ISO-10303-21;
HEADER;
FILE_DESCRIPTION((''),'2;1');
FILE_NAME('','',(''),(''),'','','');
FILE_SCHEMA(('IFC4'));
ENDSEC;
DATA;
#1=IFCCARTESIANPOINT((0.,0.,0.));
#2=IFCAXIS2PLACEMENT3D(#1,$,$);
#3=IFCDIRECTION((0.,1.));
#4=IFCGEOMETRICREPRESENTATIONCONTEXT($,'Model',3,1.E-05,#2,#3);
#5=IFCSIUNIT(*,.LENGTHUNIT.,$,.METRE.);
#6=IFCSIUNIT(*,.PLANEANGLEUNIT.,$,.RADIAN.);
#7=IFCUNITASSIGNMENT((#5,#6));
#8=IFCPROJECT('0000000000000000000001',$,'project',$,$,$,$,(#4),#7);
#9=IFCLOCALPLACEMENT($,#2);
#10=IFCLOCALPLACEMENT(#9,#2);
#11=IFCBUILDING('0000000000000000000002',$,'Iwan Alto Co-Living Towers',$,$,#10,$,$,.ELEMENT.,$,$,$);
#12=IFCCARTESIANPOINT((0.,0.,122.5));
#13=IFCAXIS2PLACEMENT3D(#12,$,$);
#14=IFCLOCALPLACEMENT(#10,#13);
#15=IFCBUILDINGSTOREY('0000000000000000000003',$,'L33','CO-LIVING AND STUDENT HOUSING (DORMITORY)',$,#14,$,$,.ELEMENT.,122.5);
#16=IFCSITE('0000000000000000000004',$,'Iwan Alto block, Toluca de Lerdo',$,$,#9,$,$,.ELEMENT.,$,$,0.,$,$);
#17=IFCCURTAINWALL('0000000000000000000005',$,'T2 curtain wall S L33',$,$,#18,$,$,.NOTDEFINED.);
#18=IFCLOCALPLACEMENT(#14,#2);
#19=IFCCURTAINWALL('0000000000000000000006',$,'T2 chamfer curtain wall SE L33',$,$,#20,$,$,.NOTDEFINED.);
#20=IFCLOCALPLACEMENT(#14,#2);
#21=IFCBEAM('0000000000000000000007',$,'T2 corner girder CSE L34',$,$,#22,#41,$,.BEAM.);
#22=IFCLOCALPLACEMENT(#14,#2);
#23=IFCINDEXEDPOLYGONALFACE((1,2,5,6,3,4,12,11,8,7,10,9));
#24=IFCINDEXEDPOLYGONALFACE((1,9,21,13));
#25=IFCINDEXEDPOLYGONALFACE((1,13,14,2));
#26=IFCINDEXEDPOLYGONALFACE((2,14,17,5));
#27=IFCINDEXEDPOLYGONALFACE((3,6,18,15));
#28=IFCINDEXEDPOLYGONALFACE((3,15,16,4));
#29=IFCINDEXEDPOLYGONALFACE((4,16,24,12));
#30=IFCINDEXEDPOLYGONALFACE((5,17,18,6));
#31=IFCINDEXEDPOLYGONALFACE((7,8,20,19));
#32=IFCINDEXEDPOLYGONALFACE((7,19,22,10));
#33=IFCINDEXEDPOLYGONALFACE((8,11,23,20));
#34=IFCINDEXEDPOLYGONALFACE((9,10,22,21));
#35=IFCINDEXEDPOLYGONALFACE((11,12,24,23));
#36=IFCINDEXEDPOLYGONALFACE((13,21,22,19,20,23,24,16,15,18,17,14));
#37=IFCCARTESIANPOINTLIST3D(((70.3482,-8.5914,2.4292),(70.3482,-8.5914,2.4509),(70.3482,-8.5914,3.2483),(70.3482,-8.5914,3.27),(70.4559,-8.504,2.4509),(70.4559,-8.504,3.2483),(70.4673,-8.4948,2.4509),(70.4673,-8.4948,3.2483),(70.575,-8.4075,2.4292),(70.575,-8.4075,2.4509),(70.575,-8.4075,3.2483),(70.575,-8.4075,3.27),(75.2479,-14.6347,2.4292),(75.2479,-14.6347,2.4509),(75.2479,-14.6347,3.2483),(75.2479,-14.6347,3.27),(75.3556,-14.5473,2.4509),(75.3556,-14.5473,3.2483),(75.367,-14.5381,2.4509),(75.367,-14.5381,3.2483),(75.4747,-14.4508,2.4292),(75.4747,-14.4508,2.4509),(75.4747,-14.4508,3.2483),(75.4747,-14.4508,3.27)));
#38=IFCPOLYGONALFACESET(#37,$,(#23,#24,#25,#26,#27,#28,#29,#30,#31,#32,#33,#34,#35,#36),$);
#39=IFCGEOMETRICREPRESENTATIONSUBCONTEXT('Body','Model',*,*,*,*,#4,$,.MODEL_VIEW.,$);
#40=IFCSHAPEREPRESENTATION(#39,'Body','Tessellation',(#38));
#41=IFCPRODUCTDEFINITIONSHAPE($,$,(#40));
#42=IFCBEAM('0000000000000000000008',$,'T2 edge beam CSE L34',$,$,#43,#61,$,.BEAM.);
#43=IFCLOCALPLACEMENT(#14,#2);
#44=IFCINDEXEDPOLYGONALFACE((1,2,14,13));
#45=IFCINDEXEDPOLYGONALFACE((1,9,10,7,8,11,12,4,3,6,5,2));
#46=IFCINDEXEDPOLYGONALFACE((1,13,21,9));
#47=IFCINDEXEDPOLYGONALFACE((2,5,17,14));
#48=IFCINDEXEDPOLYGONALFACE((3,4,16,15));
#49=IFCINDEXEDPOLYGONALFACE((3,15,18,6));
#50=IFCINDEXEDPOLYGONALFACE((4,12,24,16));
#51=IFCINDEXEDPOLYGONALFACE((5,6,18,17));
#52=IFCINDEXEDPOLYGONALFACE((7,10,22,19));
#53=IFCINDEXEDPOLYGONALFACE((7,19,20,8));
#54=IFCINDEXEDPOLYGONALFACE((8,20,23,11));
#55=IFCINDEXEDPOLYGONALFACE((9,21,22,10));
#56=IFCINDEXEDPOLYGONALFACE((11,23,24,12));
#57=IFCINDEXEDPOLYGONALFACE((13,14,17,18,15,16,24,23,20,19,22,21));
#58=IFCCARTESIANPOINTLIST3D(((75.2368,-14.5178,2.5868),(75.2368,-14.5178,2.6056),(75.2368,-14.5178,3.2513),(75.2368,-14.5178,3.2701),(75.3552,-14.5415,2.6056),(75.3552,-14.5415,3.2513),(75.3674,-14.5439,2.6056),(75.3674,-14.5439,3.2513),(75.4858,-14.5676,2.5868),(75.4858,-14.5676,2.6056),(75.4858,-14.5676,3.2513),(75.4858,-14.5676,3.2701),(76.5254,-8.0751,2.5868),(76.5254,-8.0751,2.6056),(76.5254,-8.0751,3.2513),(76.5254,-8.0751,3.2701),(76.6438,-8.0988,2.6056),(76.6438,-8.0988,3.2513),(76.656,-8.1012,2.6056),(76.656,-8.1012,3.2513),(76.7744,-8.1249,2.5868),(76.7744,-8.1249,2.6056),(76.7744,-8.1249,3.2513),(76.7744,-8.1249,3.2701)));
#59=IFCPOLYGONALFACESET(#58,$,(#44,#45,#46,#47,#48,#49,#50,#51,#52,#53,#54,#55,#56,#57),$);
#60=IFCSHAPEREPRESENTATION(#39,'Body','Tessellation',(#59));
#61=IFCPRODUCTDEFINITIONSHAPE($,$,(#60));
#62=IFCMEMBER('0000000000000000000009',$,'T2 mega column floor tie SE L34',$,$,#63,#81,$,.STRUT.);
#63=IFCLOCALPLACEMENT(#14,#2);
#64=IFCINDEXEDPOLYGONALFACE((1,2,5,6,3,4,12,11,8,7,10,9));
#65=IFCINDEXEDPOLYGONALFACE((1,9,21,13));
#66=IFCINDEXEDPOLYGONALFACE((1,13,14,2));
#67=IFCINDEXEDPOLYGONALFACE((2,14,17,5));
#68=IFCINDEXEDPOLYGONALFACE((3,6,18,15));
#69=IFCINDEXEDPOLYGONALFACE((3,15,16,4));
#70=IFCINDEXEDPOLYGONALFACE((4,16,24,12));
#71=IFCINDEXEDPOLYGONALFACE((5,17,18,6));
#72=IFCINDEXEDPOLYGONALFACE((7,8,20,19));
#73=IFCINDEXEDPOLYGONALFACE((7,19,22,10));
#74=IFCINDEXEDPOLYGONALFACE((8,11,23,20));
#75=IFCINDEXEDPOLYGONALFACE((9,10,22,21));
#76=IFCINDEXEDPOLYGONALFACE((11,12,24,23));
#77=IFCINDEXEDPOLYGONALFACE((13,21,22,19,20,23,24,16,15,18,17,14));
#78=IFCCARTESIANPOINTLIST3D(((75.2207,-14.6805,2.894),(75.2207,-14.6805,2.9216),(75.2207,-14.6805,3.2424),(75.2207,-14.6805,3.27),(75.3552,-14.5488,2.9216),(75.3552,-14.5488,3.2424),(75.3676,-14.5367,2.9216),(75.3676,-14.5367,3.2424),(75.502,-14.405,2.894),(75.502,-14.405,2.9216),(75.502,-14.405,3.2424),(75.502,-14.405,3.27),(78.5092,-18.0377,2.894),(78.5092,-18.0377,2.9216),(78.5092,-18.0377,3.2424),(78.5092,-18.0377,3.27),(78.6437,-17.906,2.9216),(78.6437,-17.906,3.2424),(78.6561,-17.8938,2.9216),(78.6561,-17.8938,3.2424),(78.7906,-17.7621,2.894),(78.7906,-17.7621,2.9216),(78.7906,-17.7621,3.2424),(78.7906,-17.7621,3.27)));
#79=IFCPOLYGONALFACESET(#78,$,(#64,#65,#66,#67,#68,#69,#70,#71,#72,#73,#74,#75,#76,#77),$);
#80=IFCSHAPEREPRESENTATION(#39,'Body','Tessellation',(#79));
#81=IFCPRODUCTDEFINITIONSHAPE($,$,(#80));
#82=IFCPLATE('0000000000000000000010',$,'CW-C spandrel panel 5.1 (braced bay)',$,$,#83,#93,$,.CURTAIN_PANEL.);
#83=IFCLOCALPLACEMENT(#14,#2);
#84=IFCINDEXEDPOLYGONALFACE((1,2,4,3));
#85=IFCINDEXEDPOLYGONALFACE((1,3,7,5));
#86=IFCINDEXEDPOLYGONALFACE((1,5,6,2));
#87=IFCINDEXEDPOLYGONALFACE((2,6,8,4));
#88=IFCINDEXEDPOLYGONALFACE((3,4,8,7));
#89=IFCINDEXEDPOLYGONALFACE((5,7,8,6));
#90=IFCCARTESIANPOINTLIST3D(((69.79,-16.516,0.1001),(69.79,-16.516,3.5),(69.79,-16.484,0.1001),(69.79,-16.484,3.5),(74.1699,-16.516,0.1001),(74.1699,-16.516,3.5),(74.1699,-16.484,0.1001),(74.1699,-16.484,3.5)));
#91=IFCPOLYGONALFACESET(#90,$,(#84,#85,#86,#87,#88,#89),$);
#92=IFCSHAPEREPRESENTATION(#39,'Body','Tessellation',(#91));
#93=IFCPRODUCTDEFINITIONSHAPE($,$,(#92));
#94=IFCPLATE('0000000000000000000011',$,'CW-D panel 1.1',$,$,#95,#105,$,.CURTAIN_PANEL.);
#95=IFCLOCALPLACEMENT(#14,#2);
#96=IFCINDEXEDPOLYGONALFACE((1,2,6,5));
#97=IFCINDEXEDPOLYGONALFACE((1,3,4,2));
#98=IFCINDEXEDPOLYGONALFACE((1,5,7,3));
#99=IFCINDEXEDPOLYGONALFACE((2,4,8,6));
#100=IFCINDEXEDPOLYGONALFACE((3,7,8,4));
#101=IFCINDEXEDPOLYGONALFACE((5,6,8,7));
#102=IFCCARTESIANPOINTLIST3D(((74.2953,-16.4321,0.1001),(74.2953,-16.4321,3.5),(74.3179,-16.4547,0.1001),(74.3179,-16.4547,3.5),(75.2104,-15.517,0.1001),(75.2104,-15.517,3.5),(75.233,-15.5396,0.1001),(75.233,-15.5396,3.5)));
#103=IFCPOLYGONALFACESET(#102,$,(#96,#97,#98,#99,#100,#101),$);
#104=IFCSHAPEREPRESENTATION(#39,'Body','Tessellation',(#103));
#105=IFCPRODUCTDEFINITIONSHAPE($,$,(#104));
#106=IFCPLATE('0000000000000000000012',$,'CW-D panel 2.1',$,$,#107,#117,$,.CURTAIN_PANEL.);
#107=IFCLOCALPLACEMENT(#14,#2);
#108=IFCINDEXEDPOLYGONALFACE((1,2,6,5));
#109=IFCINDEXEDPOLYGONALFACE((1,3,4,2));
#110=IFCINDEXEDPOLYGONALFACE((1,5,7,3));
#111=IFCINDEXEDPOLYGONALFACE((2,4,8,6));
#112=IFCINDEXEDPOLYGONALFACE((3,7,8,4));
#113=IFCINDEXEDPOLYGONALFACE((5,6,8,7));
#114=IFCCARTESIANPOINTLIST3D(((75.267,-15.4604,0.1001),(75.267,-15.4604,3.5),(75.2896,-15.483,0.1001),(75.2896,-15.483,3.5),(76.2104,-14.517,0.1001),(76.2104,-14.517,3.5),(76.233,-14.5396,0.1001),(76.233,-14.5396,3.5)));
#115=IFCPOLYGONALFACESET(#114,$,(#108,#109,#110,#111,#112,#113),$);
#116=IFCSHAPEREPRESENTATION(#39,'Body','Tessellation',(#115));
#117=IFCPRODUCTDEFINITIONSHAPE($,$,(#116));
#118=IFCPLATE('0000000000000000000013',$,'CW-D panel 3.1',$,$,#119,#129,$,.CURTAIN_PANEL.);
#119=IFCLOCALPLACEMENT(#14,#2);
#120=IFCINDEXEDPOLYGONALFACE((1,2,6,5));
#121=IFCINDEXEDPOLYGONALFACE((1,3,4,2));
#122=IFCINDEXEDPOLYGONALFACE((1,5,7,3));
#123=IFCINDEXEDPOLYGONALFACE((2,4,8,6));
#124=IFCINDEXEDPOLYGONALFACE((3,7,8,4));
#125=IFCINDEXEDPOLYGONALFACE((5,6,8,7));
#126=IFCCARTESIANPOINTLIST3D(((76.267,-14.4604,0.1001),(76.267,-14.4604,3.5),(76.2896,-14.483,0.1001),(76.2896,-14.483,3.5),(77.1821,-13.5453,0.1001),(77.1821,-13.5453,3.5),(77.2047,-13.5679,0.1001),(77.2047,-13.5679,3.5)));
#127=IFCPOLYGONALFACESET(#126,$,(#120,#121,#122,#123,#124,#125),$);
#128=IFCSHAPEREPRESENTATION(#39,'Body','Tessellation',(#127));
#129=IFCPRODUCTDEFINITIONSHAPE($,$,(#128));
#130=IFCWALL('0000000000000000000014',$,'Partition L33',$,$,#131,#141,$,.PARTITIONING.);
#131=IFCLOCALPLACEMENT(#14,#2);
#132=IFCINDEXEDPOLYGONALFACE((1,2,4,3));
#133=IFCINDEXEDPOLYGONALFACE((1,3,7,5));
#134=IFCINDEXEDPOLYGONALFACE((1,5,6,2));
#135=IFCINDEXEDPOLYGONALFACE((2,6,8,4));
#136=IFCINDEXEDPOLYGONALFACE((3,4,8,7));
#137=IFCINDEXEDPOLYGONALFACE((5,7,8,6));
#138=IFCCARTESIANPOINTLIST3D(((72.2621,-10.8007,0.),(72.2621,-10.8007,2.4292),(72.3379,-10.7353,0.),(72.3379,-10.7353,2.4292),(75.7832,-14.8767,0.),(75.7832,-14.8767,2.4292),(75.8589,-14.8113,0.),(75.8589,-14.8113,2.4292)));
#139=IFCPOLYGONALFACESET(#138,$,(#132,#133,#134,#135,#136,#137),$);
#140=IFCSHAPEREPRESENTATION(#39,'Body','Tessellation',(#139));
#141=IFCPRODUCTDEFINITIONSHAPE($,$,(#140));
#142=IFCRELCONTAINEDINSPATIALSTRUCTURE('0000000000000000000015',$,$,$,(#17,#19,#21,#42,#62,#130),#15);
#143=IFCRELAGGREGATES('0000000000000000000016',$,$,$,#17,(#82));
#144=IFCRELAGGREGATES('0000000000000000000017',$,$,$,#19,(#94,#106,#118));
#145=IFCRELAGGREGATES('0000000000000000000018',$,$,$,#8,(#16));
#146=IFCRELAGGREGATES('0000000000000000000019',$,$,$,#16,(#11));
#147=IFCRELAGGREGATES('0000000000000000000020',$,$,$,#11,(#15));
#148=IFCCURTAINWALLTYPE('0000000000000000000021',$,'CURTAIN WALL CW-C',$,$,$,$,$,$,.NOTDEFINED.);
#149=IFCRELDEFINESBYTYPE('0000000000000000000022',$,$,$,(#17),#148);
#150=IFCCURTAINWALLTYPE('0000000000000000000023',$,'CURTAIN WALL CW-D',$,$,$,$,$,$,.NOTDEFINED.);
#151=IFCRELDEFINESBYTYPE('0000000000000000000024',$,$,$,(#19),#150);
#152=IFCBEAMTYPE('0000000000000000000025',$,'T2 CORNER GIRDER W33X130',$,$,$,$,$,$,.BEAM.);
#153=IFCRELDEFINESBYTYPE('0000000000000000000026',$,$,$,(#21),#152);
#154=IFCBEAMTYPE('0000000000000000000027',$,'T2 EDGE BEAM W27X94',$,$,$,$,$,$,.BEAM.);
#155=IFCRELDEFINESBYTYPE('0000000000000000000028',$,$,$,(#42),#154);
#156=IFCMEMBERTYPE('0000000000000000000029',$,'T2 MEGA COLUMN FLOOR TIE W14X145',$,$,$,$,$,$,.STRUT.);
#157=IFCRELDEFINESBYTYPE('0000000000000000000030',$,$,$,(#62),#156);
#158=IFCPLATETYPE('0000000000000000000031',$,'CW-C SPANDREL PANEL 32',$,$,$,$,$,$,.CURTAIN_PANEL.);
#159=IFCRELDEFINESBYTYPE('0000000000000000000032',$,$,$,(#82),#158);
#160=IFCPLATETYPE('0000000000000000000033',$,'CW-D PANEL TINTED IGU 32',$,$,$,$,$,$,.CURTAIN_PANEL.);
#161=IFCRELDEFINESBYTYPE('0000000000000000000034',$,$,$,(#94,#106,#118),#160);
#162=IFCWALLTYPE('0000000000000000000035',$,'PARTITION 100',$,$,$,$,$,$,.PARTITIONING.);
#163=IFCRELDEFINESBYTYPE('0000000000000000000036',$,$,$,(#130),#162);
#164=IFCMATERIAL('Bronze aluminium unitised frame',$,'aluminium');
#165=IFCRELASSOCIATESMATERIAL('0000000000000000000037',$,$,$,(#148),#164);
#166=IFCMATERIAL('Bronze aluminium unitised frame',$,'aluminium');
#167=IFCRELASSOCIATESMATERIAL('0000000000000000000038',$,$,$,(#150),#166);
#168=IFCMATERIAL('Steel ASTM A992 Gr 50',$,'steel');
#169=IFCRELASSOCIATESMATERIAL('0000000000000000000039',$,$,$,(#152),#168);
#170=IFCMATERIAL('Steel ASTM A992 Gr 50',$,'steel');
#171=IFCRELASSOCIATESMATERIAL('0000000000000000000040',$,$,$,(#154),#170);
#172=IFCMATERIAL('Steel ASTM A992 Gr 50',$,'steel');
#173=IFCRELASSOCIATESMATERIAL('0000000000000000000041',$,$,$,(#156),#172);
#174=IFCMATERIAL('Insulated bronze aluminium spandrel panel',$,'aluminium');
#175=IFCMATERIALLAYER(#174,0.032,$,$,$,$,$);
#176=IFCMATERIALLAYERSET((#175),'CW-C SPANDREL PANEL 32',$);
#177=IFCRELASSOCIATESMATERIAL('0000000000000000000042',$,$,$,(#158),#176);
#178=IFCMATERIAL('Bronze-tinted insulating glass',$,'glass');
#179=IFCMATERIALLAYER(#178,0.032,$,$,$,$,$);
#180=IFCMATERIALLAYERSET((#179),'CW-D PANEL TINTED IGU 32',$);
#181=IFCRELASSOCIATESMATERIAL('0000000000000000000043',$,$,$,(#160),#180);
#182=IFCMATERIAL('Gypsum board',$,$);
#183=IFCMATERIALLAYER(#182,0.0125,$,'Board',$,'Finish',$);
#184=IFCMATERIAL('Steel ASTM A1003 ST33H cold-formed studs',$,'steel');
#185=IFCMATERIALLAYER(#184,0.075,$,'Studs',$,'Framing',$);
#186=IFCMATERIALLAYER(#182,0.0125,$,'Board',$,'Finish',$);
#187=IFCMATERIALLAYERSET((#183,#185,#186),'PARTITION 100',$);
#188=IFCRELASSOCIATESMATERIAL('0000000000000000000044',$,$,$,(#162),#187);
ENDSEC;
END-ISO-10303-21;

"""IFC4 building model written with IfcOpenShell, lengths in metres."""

from ifc_helpers import new_model, si_unit, direction, frame, frame_2d, origin, origin_2d, place, context, subcontext, project, spatial, rectangle, i_section, extrude, material, layer, layer_set, material_profile, profile_set, type_object, element, aggregate, save


model = new_model("IFC4")

# Units and contexts
model_context = context("Model", 3, precision=1e-05, world=origin(), true_north=direction((0.0, 1.0)))
body_context = subcontext(model_context, "Body", "Model", "MODEL_VIEW")
ifc_project = project(units=[si_unit("LENGTHUNIT", "METRE"), si_unit("PLANEANGLEUNIT", "RADIAN")], contexts=[model_context])

# Site, building, storey
site_placement = place(None, origin())
site = spatial("IfcSite", under=ifc_project, at=site_placement, Name="Iwan Alto block, Toluca de Lerdo", CompositionType="ELEMENT", RefElevation=0.0)
building_placement = place(site_placement, origin())
building = spatial("IfcBuilding", under=site, at=building_placement, Name="Iwan Alto Co-Living Towers", CompositionType="ELEMENT")
storey_placement = place(building_placement, frame((0.0, 0.0, 122.5)))
storey = spatial("IfcBuildingStorey", under=building, at=storey_placement, Name="L33", Description="CO-LIVING AND STUDENT HOUSING (DORMITORY)", CompositionType="ELEMENT", Elevation=122.5)

# Curtain wall
ifc_material_1 = material(Name="Bronze aluminium unitised frame", Category="aluminium")
curtain_wall_type_1 = type_object("IfcCurtainWallType", Name="CURTAIN WALL CW-C", PredefinedType="NOTDEFINED", material=ifc_material_1)
curtain_wall_1_placement = place(storey_placement, origin())
curtain_wall_1 = element("IfcCurtainWall", 1, at=curtain_wall_1_placement, inside=storey, type_object=curtain_wall_type_1, Name="T2 curtain wall S L33", PredefinedType="NOTDEFINED")

# Curtain wall
ifc_material_2 = material(Name="Bronze aluminium unitised frame", Category="aluminium")
curtain_wall_type_2 = type_object("IfcCurtainWallType", Name="CURTAIN WALL CW-D", PredefinedType="NOTDEFINED", material=ifc_material_2)
curtain_wall_2_placement = place(storey_placement, origin())
curtain_wall_2 = element("IfcCurtainWall", 2, at=curtain_wall_2_placement, inside=storey, type_object=curtain_wall_type_2, Name="T2 chamfer curtain wall SE L33", PredefinedType="NOTDEFINED")

# Beams
ifc_material_3 = material(Name="Steel ASTM A992 Gr 50", Category="steel")
ifc_material_profile_1 = material_profile(ifc_material_3, i_section(OverallWidth=0.292, OverallDepth=0.8408, WebThickness=0.0146, FlangeThickness=0.0217, at=origin_2d()), Name="W33X130")
ifc_profile_set_1 = profile_set([ifc_material_profile_1], Name="Steel ASTM A992 Gr 50")
beam_type_1 = type_object("IfcBeamType", Name="T2 CORNER GIRDER W33X130", PredefinedType="BEAM", material=ifc_profile_set_1)
beam_1_placement = place(storey_placement, frame((75.3613, -14.5427, 2.8496), z_axis=(-0.629783, 0.776771, 0.0), x_axis=(-0.776771, -0.629783, 0.0)))
element("IfcBeam", 3, at=beam_1_placement, inside=storey, type_object=beam_type_1, Name="T2 corner girder CSE L34", PredefinedType="BEAM", context=body_context, shape_type="SweptSolid", body=[
    extrude(i_section(OverallWidth=0.292, OverallDepth=0.8408, WebThickness=0.0146, FlangeThickness=0.0217, at=origin_2d()), origin(), (0.0, 0.0, 1.0), 7.78),
])
ifc_material_4 = material(Name="Steel ASTM A992 Gr 50", Category="steel")
ifc_material_profile_2 = material_profile(ifc_material_4, i_section(OverallWidth=0.2539, OverallDepth=0.6833, WebThickness=0.0125, FlangeThickness=0.0188, at=origin_2d()), Name="W27X94")
ifc_profile_set_2 = profile_set([ifc_material_profile_2], Name="Steel ASTM A992 Gr 50")
beam_type_2 = type_object("IfcBeamType", Name="T2 EDGE BEAM W27X94", PredefinedType="BEAM", material=ifc_profile_set_2)
beam_2_placement = place(storey_placement, frame((75.3613, -14.5427, 2.9285), z_axis=(0.196123, 0.980579, 0.0), x_axis=(-0.980579, 0.196123, 0.0)))
element("IfcBeam", 4, at=beam_2_placement, inside=storey, type_object=beam_type_2, Name="T2 edge beam CSE L34", PredefinedType="BEAM", context=body_context, shape_type="SweptSolid", body=[
    extrude(i_section(OverallWidth=0.2539, OverallDepth=0.6833, WebThickness=0.0125, FlangeThickness=0.0188, at=origin_2d()), origin(), (0.0, 0.0, 1.0), 6.5703),
])

# Member
ifc_material_5 = material(Name="Steel ASTM A992 Gr 50", Category="steel")
ifc_material_profile_3 = material_profile(ifc_material_5, i_section(OverallWidth=0.3938, OverallDepth=0.376, WebThickness=0.0173, FlangeThickness=0.0276, at=origin_2d()), Name="W14X145")
ifc_profile_set_3 = profile_set([ifc_material_profile_3], Name="Steel ASTM A992 Gr 50")
member_type_1 = type_object("IfcMemberType", Name="T2 MEGA COLUMN FLOOR TIE W14X145", PredefinedType="STRUT", material=ifc_profile_set_3)
member_1_placement = place(storey_placement, frame((78.6499, -17.8999, 3.082), z_axis=(-0.69977, 0.714368, 0.0), x_axis=(-0.714368, -0.69977, 0.0)))
element("IfcMember", 5, at=member_1_placement, inside=storey, type_object=member_type_1, Name="T2 mega column floor tie SE L34", PredefinedType="STRUT", context=body_context, shape_type="SweptSolid", body=[
    extrude(i_section(OverallWidth=0.3938, OverallDepth=0.376, WebThickness=0.0173, FlangeThickness=0.0276, at=origin_2d()), origin(), (0.0, 0.0, 1.0), 4.6995),
])

# Plates
ifc_material_6 = material(Name="Insulated bronze aluminium spandrel panel", Category="aluminium")
ifc_layer_1 = layer(ifc_material_6, 0.032)
ifc_layer_set_1 = layer_set([ifc_layer_1], Name="CW-C SPANDREL PANEL 32")
plate_type_1 = type_object("IfcPlateType", Name="CW-C SPANDREL PANEL 32", PredefinedType="CURTAIN_PANEL", material=ifc_layer_set_1)
plate_1_placement = place(storey_placement, frame((71.98, -16.5, 0.1001), z_axis=(0.0, 0.0, 1.0), x_axis=(1.0, 0.0, 0.0)))
plate_1 = element("IfcPlate", 6, at=plate_1_placement, type_object=plate_type_1, Name="CW-C spandrel panel 5.1 (braced bay)", PredefinedType="CURTAIN_PANEL", context=body_context, shape_type="SweptSolid", body=[
    extrude(rectangle(XDim=4.3799, YDim=0.032, at=origin_2d()), origin(), (0.0, 0.0, 1.0), 3.3999),
])
aggregate(curtain_wall_1, [plate_1])
ifc_material_7 = material(Name="Bronze-tinted insulating glass", Category="glass")
ifc_layer_2 = layer(ifc_material_7, 0.032)
ifc_layer_set_2 = layer_set([ifc_layer_2], Name="CW-D PANEL TINTED IGU 32")
plate_type_2 = type_object("IfcPlateType", Name="CW-D PANEL TINTED IGU 32", PredefinedType="CURTAIN_PANEL", material=ifc_layer_set_2)
plate_2_placement = place(storey_placement, frame((74.7642, -15.9858, 0.1001), z_axis=(0.0, 0.0, 1.0), x_axis=(0.707107, 0.707107, 0.0)))
plate_2 = element("IfcPlate", 7, at=plate_2_placement, type_object=plate_type_2, Name="CW-D panel 1.1", PredefinedType="CURTAIN_PANEL", context=body_context, shape_type="SweptSolid", body=[
    extrude(rectangle(XDim=1.2942, YDim=0.032, at=origin_2d()), origin(), (0.0, 0.0, 1.0), 3.3999),
])
plate_3_placement = place(storey_placement, frame((75.75, -15.0, 0.1001), z_axis=(0.0, 0.0, 1.0), x_axis=(0.707107, 0.707107, 0.0)))
plate_3 = element("IfcPlate", 8, at=plate_3_placement, type_object=plate_type_2, Name="CW-D panel 2.1", PredefinedType="CURTAIN_PANEL", context=body_context, shape_type="SweptSolid", body=[
    extrude(rectangle(XDim=1.3342, YDim=0.032, at=origin_2d()), origin(), (0.0, 0.0, 1.0), 3.3999),
])
plate_4_placement = place(storey_placement, frame((76.7358, -14.0142, 0.1001), z_axis=(0.0, 0.0, 1.0), x_axis=(0.707107, 0.707107, 0.0)))
plate_4 = element("IfcPlate", 9, at=plate_4_placement, type_object=plate_type_2, Name="CW-D panel 3.1", PredefinedType="CURTAIN_PANEL", context=body_context, shape_type="SweptSolid", body=[
    extrude(rectangle(XDim=1.2942, YDim=0.032, at=origin_2d()), origin(), (0.0, 0.0, 1.0), 3.3999),
])
aggregate(curtain_wall_2, [plate_2, plate_3, plate_4])

# Wall
ifc_material_8 = material(Name="Gypsum board")
ifc_layer_3 = layer(ifc_material_8, 0.0125, Name="Board", Category="Finish")
ifc_material_9 = material(Name="Steel ASTM A1003 ST33H cold-formed studs", Category="steel")
ifc_layer_4 = layer(ifc_material_9, 0.075, Name="Studs", Category="Framing")
ifc_layer_5 = layer(ifc_material_8, 0.0125, Name="Board", Category="Finish")
ifc_layer_set_3 = layer_set([ifc_layer_3, ifc_layer_4, ifc_layer_5], Name="PARTITION 100")
wall_type = type_object("IfcWallType", Name="PARTITION 100", PredefinedType="PARTITIONING", material=ifc_layer_set_3)
wall_placement = place(storey_placement, frame((75.821, -14.844, 0.0), z_axis=(0.0, 0.0, 1.0), x_axis=(-0.653713, 0.756742, 0.0)))
element("IfcWall", 10, at=wall_placement, inside=storey, type_object=wall_type, Name="Partition L33", PredefinedType="PARTITIONING", context=body_context, shape_type="SweptSolid", body=[
    extrude(rectangle(XDim=5.3862, YDim=0.1001, at=frame_2d((2.6931, 0.0))), origin(), (0.0, 0.0, 1.0), 2.4292),
])

save(model, "model.ifc")
